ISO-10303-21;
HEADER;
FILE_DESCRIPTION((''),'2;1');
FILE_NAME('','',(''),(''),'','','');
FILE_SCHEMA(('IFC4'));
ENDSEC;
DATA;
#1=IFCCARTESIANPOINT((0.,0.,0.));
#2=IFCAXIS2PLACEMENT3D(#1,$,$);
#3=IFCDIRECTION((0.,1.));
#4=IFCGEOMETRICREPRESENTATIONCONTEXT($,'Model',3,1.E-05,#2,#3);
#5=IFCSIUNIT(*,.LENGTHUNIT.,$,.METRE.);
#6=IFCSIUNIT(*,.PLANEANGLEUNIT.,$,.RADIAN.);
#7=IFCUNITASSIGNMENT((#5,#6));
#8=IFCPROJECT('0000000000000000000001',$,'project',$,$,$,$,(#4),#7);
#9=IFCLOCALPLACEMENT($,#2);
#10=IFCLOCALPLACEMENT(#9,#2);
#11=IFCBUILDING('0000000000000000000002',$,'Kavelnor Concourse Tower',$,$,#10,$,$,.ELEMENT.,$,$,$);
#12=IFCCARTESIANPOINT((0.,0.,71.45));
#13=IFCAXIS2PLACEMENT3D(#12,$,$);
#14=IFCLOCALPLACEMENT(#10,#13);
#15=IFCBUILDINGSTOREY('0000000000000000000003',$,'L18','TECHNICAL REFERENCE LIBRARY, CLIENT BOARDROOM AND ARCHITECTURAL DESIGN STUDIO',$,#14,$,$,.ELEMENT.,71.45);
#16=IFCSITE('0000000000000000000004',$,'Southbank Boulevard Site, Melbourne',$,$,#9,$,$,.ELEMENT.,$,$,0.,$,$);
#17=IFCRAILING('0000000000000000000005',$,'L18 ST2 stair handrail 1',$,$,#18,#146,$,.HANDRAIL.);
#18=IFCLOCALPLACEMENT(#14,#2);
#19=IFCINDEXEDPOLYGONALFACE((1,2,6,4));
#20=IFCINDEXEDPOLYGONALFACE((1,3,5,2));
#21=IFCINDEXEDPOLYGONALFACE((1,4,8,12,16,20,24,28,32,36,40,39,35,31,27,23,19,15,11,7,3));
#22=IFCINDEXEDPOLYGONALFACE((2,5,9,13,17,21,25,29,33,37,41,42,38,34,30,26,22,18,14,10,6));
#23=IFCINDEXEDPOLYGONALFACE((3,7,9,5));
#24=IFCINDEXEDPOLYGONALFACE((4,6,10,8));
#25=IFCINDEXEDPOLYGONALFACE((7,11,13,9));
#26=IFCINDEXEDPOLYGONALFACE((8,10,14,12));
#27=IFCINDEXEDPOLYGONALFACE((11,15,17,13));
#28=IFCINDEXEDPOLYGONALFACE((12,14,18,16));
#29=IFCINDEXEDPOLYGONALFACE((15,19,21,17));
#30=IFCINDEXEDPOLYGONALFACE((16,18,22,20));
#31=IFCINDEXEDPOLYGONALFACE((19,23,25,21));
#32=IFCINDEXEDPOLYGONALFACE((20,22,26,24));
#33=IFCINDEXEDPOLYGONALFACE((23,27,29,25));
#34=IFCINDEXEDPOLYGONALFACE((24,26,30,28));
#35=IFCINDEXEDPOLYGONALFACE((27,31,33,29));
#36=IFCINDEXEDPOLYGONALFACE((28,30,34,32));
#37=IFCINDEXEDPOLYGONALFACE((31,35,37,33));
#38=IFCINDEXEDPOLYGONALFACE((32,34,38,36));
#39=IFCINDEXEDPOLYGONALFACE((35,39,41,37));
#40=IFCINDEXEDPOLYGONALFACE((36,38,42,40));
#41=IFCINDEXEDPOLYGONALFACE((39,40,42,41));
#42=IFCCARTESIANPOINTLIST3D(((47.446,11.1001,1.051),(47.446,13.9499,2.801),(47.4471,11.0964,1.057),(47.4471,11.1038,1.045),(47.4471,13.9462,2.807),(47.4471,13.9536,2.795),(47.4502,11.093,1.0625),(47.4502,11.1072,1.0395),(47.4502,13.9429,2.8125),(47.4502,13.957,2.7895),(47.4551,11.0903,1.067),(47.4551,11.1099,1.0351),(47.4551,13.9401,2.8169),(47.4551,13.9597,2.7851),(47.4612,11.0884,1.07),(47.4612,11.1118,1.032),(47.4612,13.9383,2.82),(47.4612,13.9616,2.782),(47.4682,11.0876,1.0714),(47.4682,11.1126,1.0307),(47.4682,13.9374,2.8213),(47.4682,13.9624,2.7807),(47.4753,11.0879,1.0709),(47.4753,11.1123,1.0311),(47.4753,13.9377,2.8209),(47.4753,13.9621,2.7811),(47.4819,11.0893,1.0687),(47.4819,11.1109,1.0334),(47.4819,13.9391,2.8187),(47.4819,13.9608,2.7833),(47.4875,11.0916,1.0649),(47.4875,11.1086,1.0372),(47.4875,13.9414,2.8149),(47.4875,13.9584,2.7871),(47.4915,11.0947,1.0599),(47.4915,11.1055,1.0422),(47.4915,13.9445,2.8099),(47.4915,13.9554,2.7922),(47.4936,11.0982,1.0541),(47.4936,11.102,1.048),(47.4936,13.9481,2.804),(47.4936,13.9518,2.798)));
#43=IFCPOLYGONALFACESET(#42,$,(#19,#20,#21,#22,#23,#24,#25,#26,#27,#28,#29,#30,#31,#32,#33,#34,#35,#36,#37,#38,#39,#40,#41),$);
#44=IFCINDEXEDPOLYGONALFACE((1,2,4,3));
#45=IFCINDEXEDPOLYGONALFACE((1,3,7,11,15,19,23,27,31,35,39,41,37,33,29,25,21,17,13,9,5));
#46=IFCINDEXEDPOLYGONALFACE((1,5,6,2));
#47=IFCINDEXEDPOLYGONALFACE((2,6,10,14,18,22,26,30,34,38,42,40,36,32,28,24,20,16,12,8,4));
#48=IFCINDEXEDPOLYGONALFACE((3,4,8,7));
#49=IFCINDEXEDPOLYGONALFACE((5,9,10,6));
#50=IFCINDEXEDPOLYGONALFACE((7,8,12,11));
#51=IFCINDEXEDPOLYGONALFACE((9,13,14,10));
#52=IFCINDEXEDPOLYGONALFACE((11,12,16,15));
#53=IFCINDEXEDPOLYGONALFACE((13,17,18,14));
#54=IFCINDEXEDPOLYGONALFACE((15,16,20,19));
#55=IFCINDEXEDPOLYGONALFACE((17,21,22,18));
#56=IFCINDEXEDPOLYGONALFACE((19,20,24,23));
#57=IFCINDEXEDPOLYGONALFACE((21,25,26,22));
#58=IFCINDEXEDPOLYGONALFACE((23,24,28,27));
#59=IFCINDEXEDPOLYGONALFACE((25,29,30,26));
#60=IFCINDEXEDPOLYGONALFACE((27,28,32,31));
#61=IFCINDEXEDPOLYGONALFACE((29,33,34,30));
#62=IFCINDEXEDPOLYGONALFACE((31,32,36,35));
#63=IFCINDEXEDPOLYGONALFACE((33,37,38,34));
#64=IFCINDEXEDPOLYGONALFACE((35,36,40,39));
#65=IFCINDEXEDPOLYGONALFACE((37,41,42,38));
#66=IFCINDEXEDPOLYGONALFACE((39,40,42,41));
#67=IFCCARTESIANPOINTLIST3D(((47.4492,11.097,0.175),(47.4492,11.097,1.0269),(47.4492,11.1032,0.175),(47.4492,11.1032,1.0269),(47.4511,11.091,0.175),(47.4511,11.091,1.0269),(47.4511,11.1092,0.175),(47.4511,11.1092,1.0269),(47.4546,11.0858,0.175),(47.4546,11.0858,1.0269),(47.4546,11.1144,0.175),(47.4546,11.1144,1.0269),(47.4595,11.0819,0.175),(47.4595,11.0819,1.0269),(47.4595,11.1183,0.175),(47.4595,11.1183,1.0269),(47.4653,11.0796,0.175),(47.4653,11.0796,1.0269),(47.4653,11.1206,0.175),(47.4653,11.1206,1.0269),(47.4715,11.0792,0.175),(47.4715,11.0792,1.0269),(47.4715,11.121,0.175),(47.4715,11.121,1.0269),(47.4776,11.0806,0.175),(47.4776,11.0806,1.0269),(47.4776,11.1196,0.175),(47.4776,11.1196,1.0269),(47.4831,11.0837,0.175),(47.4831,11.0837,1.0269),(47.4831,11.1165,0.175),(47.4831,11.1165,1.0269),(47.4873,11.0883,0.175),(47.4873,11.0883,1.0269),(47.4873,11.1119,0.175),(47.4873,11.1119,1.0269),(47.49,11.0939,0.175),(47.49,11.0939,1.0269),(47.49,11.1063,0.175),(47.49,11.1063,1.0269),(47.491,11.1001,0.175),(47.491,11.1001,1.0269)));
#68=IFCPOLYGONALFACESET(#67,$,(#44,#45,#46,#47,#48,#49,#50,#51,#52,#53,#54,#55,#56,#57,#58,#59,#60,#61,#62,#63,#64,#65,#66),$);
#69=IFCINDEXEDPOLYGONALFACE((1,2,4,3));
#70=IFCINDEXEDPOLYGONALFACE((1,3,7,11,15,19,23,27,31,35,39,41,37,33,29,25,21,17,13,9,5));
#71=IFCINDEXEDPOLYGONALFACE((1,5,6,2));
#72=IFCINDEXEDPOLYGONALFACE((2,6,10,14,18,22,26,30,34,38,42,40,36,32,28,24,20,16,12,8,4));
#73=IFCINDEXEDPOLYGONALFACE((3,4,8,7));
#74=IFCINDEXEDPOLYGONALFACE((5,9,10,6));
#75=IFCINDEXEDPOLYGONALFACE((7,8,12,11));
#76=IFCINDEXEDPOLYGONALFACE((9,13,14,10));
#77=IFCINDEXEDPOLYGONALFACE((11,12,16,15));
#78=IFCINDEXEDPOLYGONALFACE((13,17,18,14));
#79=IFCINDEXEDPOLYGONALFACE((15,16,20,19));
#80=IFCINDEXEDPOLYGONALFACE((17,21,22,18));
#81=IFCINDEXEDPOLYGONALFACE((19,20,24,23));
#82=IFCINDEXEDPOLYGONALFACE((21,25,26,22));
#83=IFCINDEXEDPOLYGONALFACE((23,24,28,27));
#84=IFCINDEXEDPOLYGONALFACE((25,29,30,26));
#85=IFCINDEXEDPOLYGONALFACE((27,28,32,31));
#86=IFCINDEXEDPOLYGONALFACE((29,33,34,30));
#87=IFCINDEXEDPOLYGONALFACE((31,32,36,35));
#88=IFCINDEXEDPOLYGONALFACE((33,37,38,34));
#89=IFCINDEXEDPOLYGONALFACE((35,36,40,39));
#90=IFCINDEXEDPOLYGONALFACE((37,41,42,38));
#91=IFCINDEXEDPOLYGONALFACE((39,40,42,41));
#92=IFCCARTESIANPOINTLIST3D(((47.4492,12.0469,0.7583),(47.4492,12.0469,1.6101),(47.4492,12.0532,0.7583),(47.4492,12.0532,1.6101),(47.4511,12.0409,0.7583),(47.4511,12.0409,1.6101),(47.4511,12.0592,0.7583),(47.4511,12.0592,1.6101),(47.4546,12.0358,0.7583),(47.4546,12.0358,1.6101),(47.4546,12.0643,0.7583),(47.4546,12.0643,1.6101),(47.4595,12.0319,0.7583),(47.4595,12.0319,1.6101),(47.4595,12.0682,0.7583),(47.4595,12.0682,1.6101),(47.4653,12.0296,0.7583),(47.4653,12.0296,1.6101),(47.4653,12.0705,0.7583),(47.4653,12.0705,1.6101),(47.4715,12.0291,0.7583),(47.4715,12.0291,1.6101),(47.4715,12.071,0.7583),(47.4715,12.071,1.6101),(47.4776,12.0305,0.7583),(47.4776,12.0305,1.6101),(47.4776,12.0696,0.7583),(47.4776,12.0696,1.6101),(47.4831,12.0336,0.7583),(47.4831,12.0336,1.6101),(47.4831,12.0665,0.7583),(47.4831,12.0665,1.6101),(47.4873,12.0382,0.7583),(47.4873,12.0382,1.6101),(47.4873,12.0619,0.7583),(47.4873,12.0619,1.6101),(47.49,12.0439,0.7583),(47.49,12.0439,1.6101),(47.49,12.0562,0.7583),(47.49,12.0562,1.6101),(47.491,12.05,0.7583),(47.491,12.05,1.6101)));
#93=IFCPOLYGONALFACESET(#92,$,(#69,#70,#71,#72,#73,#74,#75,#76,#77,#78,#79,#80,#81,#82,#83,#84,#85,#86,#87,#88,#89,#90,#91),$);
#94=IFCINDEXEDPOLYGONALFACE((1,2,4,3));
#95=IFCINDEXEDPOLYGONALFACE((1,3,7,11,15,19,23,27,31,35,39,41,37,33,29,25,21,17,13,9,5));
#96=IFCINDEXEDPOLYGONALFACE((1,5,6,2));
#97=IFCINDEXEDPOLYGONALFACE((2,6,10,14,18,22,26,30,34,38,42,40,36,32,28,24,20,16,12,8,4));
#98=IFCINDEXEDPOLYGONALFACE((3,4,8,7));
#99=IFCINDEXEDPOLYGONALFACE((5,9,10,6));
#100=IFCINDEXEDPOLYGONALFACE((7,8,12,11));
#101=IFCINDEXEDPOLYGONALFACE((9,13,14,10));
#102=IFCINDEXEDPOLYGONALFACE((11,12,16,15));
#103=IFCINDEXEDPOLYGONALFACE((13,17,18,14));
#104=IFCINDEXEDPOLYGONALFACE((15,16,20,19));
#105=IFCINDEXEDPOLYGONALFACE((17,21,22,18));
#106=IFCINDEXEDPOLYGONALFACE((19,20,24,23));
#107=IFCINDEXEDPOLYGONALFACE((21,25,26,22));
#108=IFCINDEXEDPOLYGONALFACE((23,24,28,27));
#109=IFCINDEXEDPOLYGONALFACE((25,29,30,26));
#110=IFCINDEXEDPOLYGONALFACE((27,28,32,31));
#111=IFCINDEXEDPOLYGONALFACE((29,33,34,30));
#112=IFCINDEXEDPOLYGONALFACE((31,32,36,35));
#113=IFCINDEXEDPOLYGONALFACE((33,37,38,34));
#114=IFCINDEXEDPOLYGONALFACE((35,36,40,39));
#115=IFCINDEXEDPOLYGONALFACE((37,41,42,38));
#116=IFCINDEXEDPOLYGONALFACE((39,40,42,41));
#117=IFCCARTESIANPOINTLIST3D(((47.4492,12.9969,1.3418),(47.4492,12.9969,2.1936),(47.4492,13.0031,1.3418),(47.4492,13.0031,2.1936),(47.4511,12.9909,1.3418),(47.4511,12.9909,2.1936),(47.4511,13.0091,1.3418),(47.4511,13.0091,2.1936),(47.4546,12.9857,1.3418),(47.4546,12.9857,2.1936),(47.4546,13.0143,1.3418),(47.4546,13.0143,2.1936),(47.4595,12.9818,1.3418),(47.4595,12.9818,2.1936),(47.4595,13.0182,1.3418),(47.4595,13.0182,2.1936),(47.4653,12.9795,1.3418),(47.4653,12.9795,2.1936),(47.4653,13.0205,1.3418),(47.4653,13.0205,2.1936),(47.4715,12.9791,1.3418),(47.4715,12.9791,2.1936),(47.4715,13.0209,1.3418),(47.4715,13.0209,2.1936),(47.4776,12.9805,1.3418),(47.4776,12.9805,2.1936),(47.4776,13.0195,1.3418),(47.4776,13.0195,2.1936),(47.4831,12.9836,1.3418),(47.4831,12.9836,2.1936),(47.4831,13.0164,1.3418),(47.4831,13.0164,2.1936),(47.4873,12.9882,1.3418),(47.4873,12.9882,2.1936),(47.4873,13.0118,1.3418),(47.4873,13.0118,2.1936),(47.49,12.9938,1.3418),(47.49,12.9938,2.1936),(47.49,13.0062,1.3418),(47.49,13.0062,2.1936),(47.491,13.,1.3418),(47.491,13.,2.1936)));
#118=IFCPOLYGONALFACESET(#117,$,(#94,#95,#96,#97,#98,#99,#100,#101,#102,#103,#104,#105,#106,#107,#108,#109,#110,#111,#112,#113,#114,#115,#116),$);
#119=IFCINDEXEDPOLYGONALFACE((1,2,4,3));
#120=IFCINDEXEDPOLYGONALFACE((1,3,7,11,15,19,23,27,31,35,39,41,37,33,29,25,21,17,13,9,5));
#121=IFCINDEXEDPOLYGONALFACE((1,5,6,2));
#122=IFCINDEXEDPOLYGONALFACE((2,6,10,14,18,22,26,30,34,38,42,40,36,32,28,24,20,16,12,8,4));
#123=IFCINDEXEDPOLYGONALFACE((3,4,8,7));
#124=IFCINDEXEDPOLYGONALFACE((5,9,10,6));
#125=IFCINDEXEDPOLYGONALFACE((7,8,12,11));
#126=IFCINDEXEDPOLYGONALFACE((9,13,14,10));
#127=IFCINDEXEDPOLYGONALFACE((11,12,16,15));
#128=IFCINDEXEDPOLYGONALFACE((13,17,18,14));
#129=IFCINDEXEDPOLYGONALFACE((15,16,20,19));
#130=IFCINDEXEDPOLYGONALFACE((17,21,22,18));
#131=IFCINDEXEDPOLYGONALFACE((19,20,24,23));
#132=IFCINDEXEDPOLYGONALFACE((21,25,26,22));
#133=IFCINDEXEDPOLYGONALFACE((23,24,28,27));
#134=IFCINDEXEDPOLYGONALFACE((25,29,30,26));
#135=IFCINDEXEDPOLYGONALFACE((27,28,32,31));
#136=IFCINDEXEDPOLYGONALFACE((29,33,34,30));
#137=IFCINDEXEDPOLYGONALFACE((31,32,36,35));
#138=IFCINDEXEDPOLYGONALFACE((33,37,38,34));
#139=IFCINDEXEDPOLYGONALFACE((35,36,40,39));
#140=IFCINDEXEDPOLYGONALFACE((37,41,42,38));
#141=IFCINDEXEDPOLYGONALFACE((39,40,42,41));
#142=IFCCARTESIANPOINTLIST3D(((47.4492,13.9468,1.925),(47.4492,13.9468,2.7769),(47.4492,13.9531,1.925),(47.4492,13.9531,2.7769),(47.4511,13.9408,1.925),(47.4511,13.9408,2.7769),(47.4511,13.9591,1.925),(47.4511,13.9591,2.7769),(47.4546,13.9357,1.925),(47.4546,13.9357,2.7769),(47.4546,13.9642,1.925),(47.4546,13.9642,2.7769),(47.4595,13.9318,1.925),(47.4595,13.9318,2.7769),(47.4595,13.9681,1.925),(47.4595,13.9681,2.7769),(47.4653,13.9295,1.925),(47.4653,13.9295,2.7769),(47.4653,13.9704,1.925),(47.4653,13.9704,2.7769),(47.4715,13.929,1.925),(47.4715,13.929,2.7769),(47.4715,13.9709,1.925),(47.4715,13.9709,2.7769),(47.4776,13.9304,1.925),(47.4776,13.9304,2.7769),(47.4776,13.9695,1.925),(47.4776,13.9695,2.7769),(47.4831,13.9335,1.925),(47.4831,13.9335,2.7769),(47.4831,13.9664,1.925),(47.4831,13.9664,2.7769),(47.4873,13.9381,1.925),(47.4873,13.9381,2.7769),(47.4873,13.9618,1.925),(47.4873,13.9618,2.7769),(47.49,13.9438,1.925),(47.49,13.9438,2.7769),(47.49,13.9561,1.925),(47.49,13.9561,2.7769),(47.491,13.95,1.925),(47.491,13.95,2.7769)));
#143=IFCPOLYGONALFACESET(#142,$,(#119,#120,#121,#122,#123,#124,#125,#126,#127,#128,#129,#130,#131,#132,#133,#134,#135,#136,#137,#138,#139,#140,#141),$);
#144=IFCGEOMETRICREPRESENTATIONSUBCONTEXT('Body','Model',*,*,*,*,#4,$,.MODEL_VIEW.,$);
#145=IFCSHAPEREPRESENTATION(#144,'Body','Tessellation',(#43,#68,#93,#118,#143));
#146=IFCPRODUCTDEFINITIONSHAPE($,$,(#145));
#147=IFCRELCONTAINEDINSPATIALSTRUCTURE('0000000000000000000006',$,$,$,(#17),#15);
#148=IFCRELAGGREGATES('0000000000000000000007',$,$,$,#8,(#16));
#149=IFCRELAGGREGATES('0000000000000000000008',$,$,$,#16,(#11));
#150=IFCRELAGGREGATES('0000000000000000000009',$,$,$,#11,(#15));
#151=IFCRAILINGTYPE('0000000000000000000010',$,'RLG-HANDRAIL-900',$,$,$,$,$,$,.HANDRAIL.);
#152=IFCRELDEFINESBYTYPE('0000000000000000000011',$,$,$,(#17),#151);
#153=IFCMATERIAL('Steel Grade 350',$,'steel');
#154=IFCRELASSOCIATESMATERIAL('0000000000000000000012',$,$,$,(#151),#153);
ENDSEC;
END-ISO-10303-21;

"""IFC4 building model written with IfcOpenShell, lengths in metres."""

from ifc_helpers import new_model, si_unit, direction, frame, origin, origin_2d, place, context, subcontext, project, spatial, circle, extrude, material, type_object, element, save


model = new_model("IFC4")

# Units and contexts
model_context = context("Model", 3, precision=1e-05, world=origin(), true_north=direction((0.0, 1.0)))
body_context = subcontext(model_context, "Body", "Model", "MODEL_VIEW")
ifc_project = project(units=[si_unit("LENGTHUNIT", "METRE"), si_unit("PLANEANGLEUNIT", "RADIAN")], contexts=[model_context])

# Site, building, storey
site_placement = place(None, origin())
site = spatial("IfcSite", under=ifc_project, at=site_placement, Name="Southbank Boulevard Site, Melbourne", CompositionType="ELEMENT", RefElevation=0.0)
building_placement = place(site_placement, origin())
building = spatial("IfcBuilding", under=site, at=building_placement, Name="Kavelnor Concourse Tower", CompositionType="ELEMENT")
storey_placement = place(building_placement, frame((0.0, 0.0, 71.45)))
storey = spatial("IfcBuildingStorey", under=building, at=storey_placement, Name="L18", Description="TECHNICAL REFERENCE LIBRARY, CLIENT BOARDROOM AND ARCHITECTURAL DESIGN STUDIO", CompositionType="ELEMENT", Elevation=71.45)

# Shared definitions
ifc_material_1 = material(Name="Steel Grade 350", Category="steel")

# Railing
railing_type_1 = type_object("IfcRailingType", Name="RLG-HANDRAIL-900", PredefinedType="HANDRAIL", material=ifc_material_1)
railing_1_placement = place(storey_placement, frame((47.47, 11.1001, 0.175)))
element("IfcRailing", 1, at=railing_1_placement, inside=storey, type_object=railing_type_1, Name="L18 ST2 stair handrail 1", PredefinedType="HANDRAIL", context=body_context, shape_type="SweptSolid", body=[
    extrude(circle(Radius=0.0239, at=origin_2d()), frame((0.0, 0.0, 0.876), z_axis=(0.0, 0.852159, 0.523283), x_axis=(-1.0, 0.0, 0.0)), (0.0, 0.0, 1.0), 3.3442),
    extrude(circle(Radius=0.021, at=origin_2d()), origin(), (0.0, 0.0, 1.0), 0.8518),
    extrude(circle(Radius=0.021, at=origin_2d()), frame((0.0, 0.95, 0.5833)), (0.0, 0.0, 1.0), 0.8518),
    extrude(circle(Radius=0.021, at=origin_2d()), frame((0.0, 1.8999, 1.1667)), (0.0, 0.0, 1.0), 0.8518),
    extrude(circle(Radius=0.021, at=origin_2d()), frame((0.0, 2.8499, 1.75)), (0.0, 0.0, 1.0), 0.8518),
])

save(model, "model.ifc")
